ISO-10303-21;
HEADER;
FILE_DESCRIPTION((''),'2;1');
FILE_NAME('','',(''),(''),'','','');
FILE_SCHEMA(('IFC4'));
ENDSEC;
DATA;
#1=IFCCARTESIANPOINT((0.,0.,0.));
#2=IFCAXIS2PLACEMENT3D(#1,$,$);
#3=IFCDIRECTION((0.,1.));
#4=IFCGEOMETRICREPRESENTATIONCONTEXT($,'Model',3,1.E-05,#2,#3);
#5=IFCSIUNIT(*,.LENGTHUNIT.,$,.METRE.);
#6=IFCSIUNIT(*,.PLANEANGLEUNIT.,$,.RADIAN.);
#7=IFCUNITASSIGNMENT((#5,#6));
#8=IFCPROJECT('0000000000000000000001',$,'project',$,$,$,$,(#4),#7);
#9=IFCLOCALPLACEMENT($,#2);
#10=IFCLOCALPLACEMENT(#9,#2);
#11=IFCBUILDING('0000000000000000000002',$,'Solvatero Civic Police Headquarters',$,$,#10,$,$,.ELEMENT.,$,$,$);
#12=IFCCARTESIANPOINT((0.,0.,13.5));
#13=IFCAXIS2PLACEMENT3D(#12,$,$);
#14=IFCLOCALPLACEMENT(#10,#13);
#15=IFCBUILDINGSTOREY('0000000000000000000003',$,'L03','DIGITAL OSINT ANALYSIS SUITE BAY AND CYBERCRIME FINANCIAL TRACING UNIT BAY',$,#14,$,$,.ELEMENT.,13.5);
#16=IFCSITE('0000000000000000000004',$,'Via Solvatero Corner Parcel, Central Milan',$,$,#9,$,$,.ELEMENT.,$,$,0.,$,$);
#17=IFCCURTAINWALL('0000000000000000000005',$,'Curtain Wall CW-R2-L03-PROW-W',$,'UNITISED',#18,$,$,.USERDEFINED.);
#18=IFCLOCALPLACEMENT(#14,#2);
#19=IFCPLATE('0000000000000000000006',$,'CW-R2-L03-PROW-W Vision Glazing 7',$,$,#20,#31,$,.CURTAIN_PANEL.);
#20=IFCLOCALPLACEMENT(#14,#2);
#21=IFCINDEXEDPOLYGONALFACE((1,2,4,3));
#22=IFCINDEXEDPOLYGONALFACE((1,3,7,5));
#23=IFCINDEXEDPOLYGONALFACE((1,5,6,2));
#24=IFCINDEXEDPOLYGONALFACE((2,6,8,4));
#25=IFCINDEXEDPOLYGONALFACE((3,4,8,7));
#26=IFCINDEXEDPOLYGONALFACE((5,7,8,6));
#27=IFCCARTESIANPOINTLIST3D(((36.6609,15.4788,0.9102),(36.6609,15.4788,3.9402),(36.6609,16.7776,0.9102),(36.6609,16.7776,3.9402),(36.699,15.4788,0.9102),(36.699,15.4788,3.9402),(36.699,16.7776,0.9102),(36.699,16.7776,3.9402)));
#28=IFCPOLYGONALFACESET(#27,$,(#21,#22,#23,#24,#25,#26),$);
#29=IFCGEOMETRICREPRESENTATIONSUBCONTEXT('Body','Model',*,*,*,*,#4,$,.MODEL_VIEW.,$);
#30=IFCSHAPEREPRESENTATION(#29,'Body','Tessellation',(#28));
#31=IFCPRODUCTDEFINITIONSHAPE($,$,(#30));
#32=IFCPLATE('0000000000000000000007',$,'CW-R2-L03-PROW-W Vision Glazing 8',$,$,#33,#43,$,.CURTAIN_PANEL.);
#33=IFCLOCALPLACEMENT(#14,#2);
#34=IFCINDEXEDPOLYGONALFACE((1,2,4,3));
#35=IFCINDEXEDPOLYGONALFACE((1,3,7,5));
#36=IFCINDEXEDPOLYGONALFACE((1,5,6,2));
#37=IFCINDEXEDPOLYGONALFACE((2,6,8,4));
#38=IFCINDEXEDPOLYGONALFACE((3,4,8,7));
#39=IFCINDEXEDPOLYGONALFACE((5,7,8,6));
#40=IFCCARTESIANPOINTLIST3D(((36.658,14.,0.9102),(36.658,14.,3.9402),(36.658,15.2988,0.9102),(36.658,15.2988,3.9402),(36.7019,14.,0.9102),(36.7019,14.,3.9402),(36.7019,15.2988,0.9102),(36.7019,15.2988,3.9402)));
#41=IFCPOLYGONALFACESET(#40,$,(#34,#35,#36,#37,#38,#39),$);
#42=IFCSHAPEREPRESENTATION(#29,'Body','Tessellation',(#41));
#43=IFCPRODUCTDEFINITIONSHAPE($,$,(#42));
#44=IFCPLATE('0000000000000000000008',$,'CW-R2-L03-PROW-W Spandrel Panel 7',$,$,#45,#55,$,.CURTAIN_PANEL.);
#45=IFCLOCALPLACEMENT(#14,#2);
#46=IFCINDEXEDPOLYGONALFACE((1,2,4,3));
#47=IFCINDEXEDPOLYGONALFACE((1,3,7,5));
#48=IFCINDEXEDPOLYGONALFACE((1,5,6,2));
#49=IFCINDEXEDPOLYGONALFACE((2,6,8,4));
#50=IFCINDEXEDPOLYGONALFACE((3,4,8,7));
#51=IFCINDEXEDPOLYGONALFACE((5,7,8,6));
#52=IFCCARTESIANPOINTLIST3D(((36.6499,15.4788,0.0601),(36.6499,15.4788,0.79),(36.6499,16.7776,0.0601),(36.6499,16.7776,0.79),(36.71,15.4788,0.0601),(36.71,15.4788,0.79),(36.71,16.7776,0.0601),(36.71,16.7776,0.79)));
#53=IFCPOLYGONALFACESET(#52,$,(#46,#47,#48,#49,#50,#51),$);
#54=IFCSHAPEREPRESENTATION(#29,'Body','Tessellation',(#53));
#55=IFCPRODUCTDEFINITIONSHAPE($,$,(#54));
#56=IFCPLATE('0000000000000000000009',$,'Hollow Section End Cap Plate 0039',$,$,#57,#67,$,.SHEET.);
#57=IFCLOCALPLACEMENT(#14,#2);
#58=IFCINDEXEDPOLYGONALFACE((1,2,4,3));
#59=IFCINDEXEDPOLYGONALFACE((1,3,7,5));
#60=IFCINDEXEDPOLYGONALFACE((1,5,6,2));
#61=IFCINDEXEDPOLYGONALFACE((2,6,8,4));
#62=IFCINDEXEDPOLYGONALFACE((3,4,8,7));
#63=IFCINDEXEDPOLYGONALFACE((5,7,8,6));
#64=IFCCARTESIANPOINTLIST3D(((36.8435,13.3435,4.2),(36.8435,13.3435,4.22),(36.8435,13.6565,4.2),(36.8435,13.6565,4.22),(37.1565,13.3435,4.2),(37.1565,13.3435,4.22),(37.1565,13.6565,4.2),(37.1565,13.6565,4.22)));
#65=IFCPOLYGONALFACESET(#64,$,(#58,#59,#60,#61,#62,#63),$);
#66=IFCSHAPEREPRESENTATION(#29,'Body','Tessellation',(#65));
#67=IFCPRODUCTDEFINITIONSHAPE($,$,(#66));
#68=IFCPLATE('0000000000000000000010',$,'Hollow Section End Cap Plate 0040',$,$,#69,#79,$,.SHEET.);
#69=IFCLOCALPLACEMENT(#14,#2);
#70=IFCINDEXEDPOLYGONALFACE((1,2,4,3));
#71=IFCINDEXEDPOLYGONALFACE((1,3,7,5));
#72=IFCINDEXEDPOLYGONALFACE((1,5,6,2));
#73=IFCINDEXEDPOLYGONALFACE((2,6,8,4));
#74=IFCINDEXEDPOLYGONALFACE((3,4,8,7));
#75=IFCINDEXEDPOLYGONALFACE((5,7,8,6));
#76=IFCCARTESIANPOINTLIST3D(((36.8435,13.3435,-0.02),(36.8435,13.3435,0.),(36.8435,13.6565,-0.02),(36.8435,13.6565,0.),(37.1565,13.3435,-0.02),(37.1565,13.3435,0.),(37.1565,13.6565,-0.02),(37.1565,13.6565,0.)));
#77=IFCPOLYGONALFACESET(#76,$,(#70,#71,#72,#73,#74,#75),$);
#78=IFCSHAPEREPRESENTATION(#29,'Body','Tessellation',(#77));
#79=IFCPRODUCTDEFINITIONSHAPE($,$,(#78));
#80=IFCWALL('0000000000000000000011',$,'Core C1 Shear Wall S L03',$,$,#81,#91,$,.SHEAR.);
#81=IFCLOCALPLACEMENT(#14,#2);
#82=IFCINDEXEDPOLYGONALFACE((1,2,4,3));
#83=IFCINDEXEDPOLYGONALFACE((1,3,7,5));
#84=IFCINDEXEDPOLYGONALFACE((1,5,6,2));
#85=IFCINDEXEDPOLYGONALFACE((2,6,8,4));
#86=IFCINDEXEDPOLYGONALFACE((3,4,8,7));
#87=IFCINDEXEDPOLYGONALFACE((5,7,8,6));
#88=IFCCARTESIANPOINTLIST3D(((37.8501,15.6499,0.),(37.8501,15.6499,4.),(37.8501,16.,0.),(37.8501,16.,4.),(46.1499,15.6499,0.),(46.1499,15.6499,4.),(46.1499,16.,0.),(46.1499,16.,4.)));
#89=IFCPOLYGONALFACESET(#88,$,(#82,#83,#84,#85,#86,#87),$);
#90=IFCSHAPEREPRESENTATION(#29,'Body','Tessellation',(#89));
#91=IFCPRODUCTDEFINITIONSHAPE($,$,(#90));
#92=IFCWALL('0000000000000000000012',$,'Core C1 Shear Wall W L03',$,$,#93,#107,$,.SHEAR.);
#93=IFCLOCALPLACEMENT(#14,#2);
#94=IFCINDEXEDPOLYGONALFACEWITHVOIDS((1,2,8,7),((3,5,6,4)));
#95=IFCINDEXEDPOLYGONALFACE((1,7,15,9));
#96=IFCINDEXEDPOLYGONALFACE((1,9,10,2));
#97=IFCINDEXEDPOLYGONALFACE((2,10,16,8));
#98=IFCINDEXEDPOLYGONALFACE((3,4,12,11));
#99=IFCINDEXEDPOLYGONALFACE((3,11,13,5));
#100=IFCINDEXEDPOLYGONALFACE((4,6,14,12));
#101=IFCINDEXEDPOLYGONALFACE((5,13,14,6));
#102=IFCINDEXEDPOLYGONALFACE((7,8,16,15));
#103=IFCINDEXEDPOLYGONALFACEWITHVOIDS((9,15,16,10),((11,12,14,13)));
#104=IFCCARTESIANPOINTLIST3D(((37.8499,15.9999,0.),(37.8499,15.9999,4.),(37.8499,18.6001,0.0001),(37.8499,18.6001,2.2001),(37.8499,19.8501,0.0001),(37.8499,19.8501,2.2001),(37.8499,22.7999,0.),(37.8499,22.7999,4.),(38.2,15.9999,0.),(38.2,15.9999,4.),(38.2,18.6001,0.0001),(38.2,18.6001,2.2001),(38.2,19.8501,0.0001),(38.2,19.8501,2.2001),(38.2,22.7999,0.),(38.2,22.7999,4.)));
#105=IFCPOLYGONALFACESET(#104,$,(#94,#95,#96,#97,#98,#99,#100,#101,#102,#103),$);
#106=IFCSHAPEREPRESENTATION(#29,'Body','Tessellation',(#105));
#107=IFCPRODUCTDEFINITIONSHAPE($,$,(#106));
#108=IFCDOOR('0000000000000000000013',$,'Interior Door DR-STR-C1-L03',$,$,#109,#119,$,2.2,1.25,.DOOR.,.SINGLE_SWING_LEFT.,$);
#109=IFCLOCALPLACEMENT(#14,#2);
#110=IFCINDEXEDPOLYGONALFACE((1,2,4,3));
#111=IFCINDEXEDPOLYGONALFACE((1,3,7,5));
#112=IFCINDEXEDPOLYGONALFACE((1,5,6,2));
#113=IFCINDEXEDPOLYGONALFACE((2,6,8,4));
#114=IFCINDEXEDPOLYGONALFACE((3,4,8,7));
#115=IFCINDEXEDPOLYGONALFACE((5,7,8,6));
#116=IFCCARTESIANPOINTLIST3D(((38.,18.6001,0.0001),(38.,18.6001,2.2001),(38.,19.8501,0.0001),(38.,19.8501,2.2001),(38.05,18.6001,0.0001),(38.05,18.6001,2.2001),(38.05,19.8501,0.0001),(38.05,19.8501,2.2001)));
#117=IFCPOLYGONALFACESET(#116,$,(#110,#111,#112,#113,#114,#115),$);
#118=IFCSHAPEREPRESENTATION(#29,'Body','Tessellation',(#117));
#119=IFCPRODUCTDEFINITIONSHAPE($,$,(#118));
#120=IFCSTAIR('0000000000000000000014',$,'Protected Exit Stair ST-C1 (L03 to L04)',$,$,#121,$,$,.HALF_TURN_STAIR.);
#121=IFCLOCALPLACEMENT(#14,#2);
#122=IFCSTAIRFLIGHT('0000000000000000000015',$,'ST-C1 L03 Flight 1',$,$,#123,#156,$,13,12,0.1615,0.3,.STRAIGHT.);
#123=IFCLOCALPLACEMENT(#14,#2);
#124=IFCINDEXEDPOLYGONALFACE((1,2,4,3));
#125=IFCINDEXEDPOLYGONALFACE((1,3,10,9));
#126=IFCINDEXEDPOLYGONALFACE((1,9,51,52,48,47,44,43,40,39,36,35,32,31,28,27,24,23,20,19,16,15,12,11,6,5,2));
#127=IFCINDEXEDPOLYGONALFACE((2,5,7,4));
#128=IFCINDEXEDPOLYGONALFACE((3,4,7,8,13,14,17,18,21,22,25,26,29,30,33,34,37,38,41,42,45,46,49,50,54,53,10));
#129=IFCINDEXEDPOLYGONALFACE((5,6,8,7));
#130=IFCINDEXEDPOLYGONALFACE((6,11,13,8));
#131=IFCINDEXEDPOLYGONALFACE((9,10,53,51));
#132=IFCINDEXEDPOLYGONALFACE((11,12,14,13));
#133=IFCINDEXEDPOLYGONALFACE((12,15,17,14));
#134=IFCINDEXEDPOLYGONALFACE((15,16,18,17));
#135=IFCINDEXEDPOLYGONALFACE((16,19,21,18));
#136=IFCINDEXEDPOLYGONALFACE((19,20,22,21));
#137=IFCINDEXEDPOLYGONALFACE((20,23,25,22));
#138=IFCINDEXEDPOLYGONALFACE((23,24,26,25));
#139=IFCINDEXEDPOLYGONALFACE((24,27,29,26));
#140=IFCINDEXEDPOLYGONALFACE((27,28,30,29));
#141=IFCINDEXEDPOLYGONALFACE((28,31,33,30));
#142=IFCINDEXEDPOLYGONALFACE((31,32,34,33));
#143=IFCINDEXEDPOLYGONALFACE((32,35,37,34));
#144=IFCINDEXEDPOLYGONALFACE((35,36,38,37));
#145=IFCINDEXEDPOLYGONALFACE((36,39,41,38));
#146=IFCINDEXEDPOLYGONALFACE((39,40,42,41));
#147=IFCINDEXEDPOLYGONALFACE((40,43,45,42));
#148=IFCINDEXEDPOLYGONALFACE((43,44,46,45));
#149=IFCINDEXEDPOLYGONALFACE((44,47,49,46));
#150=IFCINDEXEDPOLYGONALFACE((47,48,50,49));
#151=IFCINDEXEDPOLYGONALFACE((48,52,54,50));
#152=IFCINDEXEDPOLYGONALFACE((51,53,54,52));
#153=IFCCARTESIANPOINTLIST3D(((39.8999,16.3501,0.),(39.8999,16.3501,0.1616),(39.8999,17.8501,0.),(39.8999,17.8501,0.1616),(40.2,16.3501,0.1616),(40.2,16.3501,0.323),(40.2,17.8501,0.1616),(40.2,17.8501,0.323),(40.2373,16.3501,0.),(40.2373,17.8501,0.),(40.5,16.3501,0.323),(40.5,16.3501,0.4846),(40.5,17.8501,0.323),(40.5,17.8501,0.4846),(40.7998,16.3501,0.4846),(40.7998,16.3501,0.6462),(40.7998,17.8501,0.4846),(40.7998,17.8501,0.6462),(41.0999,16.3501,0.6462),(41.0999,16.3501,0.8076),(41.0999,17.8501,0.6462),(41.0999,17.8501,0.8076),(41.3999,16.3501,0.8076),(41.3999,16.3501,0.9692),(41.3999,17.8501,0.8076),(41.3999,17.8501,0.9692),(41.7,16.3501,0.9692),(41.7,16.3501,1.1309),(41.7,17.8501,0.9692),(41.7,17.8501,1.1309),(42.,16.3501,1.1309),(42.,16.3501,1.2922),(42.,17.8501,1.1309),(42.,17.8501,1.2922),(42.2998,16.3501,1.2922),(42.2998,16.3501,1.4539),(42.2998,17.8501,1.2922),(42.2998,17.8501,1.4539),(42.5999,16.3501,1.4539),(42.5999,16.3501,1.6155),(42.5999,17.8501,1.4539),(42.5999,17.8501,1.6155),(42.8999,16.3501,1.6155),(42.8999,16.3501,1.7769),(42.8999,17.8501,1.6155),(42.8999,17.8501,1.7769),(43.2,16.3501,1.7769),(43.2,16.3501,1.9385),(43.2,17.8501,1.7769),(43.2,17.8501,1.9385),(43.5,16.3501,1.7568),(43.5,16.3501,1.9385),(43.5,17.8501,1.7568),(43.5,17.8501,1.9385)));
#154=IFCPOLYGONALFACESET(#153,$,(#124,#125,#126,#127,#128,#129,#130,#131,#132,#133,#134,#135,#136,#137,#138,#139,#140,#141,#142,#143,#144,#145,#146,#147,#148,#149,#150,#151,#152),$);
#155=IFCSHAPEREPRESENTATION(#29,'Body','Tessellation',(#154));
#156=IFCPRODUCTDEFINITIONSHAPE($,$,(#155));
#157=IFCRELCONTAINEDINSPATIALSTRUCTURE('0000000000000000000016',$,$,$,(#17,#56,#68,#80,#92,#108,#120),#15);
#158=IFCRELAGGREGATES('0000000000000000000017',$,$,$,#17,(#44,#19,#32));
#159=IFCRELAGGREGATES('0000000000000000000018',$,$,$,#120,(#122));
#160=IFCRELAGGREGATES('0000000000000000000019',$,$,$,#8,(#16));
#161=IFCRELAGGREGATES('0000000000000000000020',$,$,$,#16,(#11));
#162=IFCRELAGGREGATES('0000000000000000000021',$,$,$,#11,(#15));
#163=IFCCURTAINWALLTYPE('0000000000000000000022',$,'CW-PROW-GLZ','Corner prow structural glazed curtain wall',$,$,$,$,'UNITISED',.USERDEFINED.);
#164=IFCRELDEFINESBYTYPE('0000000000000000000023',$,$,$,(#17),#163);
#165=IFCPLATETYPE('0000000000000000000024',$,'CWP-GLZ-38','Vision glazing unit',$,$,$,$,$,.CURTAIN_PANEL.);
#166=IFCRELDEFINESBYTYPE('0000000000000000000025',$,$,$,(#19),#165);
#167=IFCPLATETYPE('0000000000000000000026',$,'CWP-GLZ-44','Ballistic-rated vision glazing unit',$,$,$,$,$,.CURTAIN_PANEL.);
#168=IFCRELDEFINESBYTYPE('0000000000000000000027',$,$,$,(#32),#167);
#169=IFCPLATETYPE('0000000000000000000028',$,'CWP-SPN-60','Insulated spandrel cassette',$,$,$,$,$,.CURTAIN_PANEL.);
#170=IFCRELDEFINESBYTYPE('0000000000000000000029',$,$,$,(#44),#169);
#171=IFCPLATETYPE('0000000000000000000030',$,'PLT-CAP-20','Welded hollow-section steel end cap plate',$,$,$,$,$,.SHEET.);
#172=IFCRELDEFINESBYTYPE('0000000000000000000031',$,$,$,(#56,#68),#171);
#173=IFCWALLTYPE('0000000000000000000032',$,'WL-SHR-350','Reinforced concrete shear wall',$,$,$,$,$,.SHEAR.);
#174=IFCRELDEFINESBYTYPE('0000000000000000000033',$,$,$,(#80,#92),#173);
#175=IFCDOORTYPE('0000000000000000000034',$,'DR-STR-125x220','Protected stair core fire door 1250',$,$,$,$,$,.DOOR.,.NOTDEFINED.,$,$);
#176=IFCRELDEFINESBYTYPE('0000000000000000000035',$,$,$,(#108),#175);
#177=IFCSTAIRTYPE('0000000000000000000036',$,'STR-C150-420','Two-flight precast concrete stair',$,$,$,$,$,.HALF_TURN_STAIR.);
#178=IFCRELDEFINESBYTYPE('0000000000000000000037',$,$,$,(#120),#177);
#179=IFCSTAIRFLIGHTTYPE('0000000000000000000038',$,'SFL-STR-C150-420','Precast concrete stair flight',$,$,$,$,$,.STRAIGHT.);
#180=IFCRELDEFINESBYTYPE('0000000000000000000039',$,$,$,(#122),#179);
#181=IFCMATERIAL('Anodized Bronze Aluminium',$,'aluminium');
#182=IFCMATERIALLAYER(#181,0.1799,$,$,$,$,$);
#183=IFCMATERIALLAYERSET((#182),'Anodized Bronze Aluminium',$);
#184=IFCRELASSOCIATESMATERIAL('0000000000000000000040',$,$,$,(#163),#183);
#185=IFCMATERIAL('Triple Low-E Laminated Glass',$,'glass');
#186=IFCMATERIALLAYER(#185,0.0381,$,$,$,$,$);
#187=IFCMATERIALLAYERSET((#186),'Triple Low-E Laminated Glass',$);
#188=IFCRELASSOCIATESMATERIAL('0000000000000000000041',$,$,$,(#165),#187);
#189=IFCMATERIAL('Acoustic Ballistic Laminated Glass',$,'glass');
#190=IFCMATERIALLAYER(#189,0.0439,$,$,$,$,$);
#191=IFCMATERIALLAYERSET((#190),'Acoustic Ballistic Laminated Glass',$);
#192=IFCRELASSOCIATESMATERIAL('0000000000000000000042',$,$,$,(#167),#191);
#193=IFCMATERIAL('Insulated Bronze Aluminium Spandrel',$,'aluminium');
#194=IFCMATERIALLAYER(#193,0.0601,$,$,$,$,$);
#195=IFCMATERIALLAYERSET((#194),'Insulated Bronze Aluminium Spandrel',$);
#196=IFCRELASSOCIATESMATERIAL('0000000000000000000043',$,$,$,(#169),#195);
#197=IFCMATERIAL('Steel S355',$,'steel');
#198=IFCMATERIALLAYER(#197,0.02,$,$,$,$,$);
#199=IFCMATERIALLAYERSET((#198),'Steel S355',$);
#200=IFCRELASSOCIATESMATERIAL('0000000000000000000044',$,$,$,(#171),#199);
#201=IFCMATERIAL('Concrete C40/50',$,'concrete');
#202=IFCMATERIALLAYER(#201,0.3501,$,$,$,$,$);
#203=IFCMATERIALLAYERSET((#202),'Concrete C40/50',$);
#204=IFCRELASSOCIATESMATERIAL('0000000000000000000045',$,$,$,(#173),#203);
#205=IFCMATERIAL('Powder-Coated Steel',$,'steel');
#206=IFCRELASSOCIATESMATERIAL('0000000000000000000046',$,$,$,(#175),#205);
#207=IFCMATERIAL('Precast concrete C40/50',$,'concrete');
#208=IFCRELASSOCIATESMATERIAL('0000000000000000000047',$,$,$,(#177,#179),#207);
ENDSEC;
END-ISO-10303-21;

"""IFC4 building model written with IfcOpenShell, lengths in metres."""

from ifc_helpers import new_model, si_unit, direction, frame, frame_2d, origin, origin_2d, place, context, subcontext, project, spatial, polyline, rectangle, outline, extrude, material, layer, layer_set, type_object, element, fill, aggregate, save


model = new_model("IFC4")

# Units and contexts
model_context = context("Model", 3, precision=1e-05, world=origin(), true_north=direction((0.0, 1.0)))
body_context = subcontext(model_context, "Body", "Model", "MODEL_VIEW")
ifc_project = project(units=[si_unit("LENGTHUNIT", "METRE"), si_unit("PLANEANGLEUNIT", "RADIAN")], contexts=[model_context])

# Site, building, storey
site_placement = place(None, origin())
site = spatial("IfcSite", under=ifc_project, at=site_placement, Name="Via Solvatero Corner Parcel, Central Milan", CompositionType="ELEMENT", RefElevation=0.0)
building_placement = place(site_placement, origin())
building = spatial("IfcBuilding", under=site, at=building_placement, Name="Solvatero Civic Police Headquarters", CompositionType="ELEMENT")
storey_placement = place(building_placement, frame((0.0, 0.0, 13.5)))
storey = spatial("IfcBuildingStorey", under=building, at=storey_placement, Name="L03", Description="DIGITAL OSINT ANALYSIS SUITE BAY AND CYBERCRIME FINANCIAL TRACING UNIT BAY", CompositionType="ELEMENT", Elevation=13.5)

# Shared definitions
ifc_material_1 = material(Name="Steel S355", Category="steel")

# Curtain wall
ifc_material_2 = material(Name="Anodized Bronze Aluminium", Category="aluminium")
ifc_layer_1 = layer(ifc_material_2, 0.1799)
ifc_layer_set_1 = layer_set([ifc_layer_1], Name="Anodized Bronze Aluminium")
curtain_wall_type = type_object("IfcCurtainWallType", Name="CW-PROW-GLZ", Description="Corner prow structural glazed curtain wall", ElementType="UNITISED", PredefinedType="USERDEFINED", material=ifc_layer_set_1)
curtain_wall_1_placement = place(storey_placement, origin())
curtain_wall_1 = element("IfcCurtainWall", 1, at=curtain_wall_1_placement, inside=storey, type_object=curtain_wall_type, Name="Curtain Wall CW-R2-L03-PROW-W", ObjectType="UNITISED", PredefinedType="USERDEFINED")

# Plates
ifc_material_3 = material(Name="Triple Low-E Laminated Glass", Category="glass")
ifc_layer_2 = layer(ifc_material_3, 0.0381)
ifc_layer_set_2 = layer_set([ifc_layer_2], Name="Triple Low-E Laminated Glass")
plate_type_1 = type_object("IfcPlateType", Name="CWP-GLZ-38", Description="Vision glazing unit", PredefinedType="CURTAIN_PANEL", material=ifc_layer_set_2)
plate_1_placement = place(storey_placement, frame((36.6799, 16.1282, 0.9102), z_axis=(0.0, 0.0, 1.0), x_axis=(0.0, -1.0, 0.0)))
plate_1 = element("IfcPlate", 2, at=plate_1_placement, type_object=plate_type_1, Name="CW-R2-L03-PROW-W Vision Glazing 7", PredefinedType="CURTAIN_PANEL", context=body_context, shape_type="SweptSolid", body=[
    extrude(rectangle(XDim=1.2988, YDim=0.0381, at=origin_2d()), origin(), (0.0, 0.0, 1.0), 3.03),
])
ifc_material_4 = material(Name="Acoustic Ballistic Laminated Glass", Category="glass")
ifc_layer_3 = layer(ifc_material_4, 0.0439)
ifc_layer_set_3 = layer_set([ifc_layer_3], Name="Acoustic Ballistic Laminated Glass")
plate_type_2 = type_object("IfcPlateType", Name="CWP-GLZ-44", Description="Ballistic-rated vision glazing unit", PredefinedType="CURTAIN_PANEL", material=ifc_layer_set_3)
plate_2_placement = place(storey_placement, frame((36.6799, 14.6494, 0.9102), z_axis=(0.0, 0.0, 1.0), x_axis=(0.0, -1.0, 0.0)))
plate_2 = element("IfcPlate", 3, at=plate_2_placement, type_object=plate_type_2, Name="CW-R2-L03-PROW-W Vision Glazing 8", PredefinedType="CURTAIN_PANEL", context=body_context, shape_type="SweptSolid", body=[
    extrude(rectangle(XDim=1.2988, YDim=0.0439, at=origin_2d()), origin(), (0.0, 0.0, 1.0), 3.03),
])
ifc_material_5 = material(Name="Insulated Bronze Aluminium Spandrel", Category="aluminium")
ifc_layer_4 = layer(ifc_material_5, 0.0601)
ifc_layer_set_4 = layer_set([ifc_layer_4], Name="Insulated Bronze Aluminium Spandrel")
plate_type_3 = type_object("IfcPlateType", Name="CWP-SPN-60", Description="Insulated spandrel cassette", PredefinedType="CURTAIN_PANEL", material=ifc_layer_set_4)
plate_3_placement = place(storey_placement, frame((36.6799, 16.1282, 0.0601), z_axis=(0.0, 0.0, 1.0), x_axis=(0.0, -1.0, 0.0)))
plate_3 = element("IfcPlate", 4, at=plate_3_placement, type_object=plate_type_3, Name="CW-R2-L03-PROW-W Spandrel Panel 7", PredefinedType="CURTAIN_PANEL", context=body_context, shape_type="SweptSolid", body=[
    extrude(rectangle(XDim=1.2988, YDim=0.0601, at=origin_2d()), origin(), (0.0, 0.0, 1.0), 0.73),
])
aggregate(curtain_wall_1, [plate_3, plate_1, plate_2])

# Plates
ifc_layer_5 = layer(ifc_material_1, 0.02)
ifc_layer_set_5 = layer_set([ifc_layer_5], Name="Steel S355")
plate_type_4 = type_object("IfcPlateType", Name="PLT-CAP-20", Description="Welded hollow-section steel end cap plate", PredefinedType="SHEET", material=ifc_layer_set_5)
for number, where, z_axis, x_axis, name in (
    (5, (37.0, 13.5, 4.2), (0.0, 0.0, 1.0), (1.0, 0.0, 0.0), "Hollow Section End Cap Plate 0039"),
    (6, (37.0, 13.5, -0.02), (0.0, 0.0, 1.0), (1.0, 0.0, 0.0), "Hollow Section End Cap Plate 0040"),
):
    element("IfcPlate", number, at=place(storey_placement, frame(where, z_axis=z_axis, x_axis=x_axis)), inside=storey, type_object=plate_type_4, Name=name, PredefinedType="SHEET", context=body_context, shape_type="SweptSolid", body=[
        extrude(rectangle(XDim=0.313, YDim=0.313, at=origin_2d()), origin(), (0.0, 0.0, 1.0), 0.02),
    ])

# Wall
ifc_material_6 = material(Name="Concrete C40/50", Category="concrete")
ifc_layer_6 = layer(ifc_material_6, 0.3501)
ifc_layer_set_6 = layer_set([ifc_layer_6], Name="Concrete C40/50")
wall_type = type_object("IfcWallType", Name="WL-SHR-350", Description="Reinforced concrete shear wall", PredefinedType="SHEAR", material=ifc_layer_set_6)
wall_1_placement = place(storey_placement, frame((37.8501, 15.825, 0.0), z_axis=(0.0, 0.0, 1.0), x_axis=(1.0, 0.0, 0.0)))
element("IfcWall", 7, at=wall_1_placement, inside=storey, type_object=wall_type, Name="Core C1 Shear Wall S L03", PredefinedType="SHEAR", context=body_context, shape_type="SweptSolid", body=[
    extrude(rectangle(XDim=8.2998, YDim=0.3501, at=frame_2d((4.1499, 0.0))), origin(), (0.0, 0.0, 1.0), 4.0),
])

# Wall, opening, door
wall_2_placement = place(storey_placement, frame((38.0249, 16.0, 0.0), z_axis=(0.0, 0.0, 1.0), x_axis=(0.0, 1.0, 0.0)))
wall_2 = element("IfcWall", 8, at=wall_2_placement, inside=storey, type_object=wall_type, Name="Core C1 Shear Wall W L03", PredefinedType="SHEAR", context=body_context, shape_type="SweptSolid", body=[
    extrude(rectangle(XDim=6.8, YDim=0.3501, at=frame_2d((3.3999, 0.0))), origin(), (0.0, 0.0, 1.0), 4.0),
])
opening_placement = place(wall_2_placement, frame((2.6001, 0.0, 0.0)))
opening = element("IfcOpeningElement", 9, at=opening_placement, cuts=wall_2, PredefinedType="OPENING", context=body_context, shape_type="SweptSolid", body=[
    extrude(rectangle(XDim=1.25, YDim=2.2, at=frame_2d((0.625, 1.1001))), frame((0.0, 0.1851, 0.0), z_axis=(0.0, -1.0, 0.0), x_axis=(1.0, 0.0, 0.0)), (0.0, 0.0, 1.0), 0.3701),
])
ifc_material_7 = material(Name="Powder-Coated Steel", Category="steel")
door_type = type_object("IfcDoorType", Name="DR-STR-125x220", Description="Protected stair core fire door 1250", OperationType="NOTDEFINED", PredefinedType="DOOR", material=ifc_material_7)
door_placement = place(opening_placement, origin())
door = element("IfcDoor", 10, at=door_placement, inside=storey, type_object=door_type, Name="Interior Door DR-STR-C1-L03", OperationType="SINGLE_SWING_LEFT", OverallHeight=2.2, OverallWidth=1.25, PredefinedType="DOOR", context=body_context, shape_type="SweptSolid", body=[
    extrude(rectangle(XDim=1.25, YDim=2.2, at=frame_2d((0.625, 1.1001))), frame((0.0, 0.0249, 0.0), z_axis=(0.0, -1.0, 0.0), x_axis=(1.0, 0.0, 0.0)), (0.0, 0.0, 1.0), 0.05),
])
fill(opening, door)

# Stair, stair flight
ifc_material_8 = material(Name="Precast concrete C40/50", Category="concrete")
stair_type_1 = type_object("IfcStairType", Name="STR-C150-420", Description="Two-flight precast concrete stair", PredefinedType="HALF_TURN_STAIR", material=ifc_material_8)
stair_1_placement = place(storey_placement, origin())
stair_1 = element("IfcStair", 11, at=stair_1_placement, inside=storey, type_object=stair_type_1, Name="Protected Exit Stair ST-C1 (L03 to L04)", PredefinedType="HALF_TURN_STAIR")
stair_flight_type_1 = type_object("IfcStairFlightType", Name="SFL-STR-C150-420", Description="Precast concrete stair flight", PredefinedType="STRAIGHT", material=ifc_material_8)
stair_flight_1_placement = place(storey_placement, frame((39.8999, 17.1001, 0.0), z_axis=(0.0, 0.0, 1.0), x_axis=(1.0, 0.0, 0.0)))
stair_flight_1 = element("IfcStairFlight", 12, at=stair_flight_1_placement, type_object=stair_flight_type_1, Name="ST-C1 L03 Flight 1", NumberOfRisers=13, NumberOfTreads=12, PredefinedType="STRAIGHT", RiserHeight=0.1615, TreadLength=0.3, context=body_context, shape_type="SweptSolid", body=[
    extrude(outline(polyline([(0.0, 0.0), (0.0, 0.1616), (0.3, 0.1616), (0.3, 0.323), (0.6001, 0.323), (0.6001, 0.4846), (0.8999, 0.4846), (0.8999, 0.6462), (1.2, 0.6462), (1.2, 0.8076), (1.5, 0.8076), (1.5, 0.9692), (1.8, 0.9692), (1.8, 1.1309), (2.1001, 1.1309), (2.1001, 1.2922), (2.3999, 1.2922), (2.3999, 1.4539), (2.7, 1.4539), (2.7, 1.6155), (3.0, 1.6155), (3.0, 1.7769), (3.3, 1.7769), (3.3, 1.9385), (3.6001, 1.9385), (3.6001, 2.1001), (3.6001, 1.7568), (0.3374, 0.0), (0.0, 0.0)])), frame((0.0, 0.75, 0.0), z_axis=(0.0, -1.0, 0.0), x_axis=(1.0, 0.0, 0.0)), (0.0, 0.0, 1.0), 1.5),
])
aggregate(stair_1, [stair_flight_1])

save(model, "model.ifc")
